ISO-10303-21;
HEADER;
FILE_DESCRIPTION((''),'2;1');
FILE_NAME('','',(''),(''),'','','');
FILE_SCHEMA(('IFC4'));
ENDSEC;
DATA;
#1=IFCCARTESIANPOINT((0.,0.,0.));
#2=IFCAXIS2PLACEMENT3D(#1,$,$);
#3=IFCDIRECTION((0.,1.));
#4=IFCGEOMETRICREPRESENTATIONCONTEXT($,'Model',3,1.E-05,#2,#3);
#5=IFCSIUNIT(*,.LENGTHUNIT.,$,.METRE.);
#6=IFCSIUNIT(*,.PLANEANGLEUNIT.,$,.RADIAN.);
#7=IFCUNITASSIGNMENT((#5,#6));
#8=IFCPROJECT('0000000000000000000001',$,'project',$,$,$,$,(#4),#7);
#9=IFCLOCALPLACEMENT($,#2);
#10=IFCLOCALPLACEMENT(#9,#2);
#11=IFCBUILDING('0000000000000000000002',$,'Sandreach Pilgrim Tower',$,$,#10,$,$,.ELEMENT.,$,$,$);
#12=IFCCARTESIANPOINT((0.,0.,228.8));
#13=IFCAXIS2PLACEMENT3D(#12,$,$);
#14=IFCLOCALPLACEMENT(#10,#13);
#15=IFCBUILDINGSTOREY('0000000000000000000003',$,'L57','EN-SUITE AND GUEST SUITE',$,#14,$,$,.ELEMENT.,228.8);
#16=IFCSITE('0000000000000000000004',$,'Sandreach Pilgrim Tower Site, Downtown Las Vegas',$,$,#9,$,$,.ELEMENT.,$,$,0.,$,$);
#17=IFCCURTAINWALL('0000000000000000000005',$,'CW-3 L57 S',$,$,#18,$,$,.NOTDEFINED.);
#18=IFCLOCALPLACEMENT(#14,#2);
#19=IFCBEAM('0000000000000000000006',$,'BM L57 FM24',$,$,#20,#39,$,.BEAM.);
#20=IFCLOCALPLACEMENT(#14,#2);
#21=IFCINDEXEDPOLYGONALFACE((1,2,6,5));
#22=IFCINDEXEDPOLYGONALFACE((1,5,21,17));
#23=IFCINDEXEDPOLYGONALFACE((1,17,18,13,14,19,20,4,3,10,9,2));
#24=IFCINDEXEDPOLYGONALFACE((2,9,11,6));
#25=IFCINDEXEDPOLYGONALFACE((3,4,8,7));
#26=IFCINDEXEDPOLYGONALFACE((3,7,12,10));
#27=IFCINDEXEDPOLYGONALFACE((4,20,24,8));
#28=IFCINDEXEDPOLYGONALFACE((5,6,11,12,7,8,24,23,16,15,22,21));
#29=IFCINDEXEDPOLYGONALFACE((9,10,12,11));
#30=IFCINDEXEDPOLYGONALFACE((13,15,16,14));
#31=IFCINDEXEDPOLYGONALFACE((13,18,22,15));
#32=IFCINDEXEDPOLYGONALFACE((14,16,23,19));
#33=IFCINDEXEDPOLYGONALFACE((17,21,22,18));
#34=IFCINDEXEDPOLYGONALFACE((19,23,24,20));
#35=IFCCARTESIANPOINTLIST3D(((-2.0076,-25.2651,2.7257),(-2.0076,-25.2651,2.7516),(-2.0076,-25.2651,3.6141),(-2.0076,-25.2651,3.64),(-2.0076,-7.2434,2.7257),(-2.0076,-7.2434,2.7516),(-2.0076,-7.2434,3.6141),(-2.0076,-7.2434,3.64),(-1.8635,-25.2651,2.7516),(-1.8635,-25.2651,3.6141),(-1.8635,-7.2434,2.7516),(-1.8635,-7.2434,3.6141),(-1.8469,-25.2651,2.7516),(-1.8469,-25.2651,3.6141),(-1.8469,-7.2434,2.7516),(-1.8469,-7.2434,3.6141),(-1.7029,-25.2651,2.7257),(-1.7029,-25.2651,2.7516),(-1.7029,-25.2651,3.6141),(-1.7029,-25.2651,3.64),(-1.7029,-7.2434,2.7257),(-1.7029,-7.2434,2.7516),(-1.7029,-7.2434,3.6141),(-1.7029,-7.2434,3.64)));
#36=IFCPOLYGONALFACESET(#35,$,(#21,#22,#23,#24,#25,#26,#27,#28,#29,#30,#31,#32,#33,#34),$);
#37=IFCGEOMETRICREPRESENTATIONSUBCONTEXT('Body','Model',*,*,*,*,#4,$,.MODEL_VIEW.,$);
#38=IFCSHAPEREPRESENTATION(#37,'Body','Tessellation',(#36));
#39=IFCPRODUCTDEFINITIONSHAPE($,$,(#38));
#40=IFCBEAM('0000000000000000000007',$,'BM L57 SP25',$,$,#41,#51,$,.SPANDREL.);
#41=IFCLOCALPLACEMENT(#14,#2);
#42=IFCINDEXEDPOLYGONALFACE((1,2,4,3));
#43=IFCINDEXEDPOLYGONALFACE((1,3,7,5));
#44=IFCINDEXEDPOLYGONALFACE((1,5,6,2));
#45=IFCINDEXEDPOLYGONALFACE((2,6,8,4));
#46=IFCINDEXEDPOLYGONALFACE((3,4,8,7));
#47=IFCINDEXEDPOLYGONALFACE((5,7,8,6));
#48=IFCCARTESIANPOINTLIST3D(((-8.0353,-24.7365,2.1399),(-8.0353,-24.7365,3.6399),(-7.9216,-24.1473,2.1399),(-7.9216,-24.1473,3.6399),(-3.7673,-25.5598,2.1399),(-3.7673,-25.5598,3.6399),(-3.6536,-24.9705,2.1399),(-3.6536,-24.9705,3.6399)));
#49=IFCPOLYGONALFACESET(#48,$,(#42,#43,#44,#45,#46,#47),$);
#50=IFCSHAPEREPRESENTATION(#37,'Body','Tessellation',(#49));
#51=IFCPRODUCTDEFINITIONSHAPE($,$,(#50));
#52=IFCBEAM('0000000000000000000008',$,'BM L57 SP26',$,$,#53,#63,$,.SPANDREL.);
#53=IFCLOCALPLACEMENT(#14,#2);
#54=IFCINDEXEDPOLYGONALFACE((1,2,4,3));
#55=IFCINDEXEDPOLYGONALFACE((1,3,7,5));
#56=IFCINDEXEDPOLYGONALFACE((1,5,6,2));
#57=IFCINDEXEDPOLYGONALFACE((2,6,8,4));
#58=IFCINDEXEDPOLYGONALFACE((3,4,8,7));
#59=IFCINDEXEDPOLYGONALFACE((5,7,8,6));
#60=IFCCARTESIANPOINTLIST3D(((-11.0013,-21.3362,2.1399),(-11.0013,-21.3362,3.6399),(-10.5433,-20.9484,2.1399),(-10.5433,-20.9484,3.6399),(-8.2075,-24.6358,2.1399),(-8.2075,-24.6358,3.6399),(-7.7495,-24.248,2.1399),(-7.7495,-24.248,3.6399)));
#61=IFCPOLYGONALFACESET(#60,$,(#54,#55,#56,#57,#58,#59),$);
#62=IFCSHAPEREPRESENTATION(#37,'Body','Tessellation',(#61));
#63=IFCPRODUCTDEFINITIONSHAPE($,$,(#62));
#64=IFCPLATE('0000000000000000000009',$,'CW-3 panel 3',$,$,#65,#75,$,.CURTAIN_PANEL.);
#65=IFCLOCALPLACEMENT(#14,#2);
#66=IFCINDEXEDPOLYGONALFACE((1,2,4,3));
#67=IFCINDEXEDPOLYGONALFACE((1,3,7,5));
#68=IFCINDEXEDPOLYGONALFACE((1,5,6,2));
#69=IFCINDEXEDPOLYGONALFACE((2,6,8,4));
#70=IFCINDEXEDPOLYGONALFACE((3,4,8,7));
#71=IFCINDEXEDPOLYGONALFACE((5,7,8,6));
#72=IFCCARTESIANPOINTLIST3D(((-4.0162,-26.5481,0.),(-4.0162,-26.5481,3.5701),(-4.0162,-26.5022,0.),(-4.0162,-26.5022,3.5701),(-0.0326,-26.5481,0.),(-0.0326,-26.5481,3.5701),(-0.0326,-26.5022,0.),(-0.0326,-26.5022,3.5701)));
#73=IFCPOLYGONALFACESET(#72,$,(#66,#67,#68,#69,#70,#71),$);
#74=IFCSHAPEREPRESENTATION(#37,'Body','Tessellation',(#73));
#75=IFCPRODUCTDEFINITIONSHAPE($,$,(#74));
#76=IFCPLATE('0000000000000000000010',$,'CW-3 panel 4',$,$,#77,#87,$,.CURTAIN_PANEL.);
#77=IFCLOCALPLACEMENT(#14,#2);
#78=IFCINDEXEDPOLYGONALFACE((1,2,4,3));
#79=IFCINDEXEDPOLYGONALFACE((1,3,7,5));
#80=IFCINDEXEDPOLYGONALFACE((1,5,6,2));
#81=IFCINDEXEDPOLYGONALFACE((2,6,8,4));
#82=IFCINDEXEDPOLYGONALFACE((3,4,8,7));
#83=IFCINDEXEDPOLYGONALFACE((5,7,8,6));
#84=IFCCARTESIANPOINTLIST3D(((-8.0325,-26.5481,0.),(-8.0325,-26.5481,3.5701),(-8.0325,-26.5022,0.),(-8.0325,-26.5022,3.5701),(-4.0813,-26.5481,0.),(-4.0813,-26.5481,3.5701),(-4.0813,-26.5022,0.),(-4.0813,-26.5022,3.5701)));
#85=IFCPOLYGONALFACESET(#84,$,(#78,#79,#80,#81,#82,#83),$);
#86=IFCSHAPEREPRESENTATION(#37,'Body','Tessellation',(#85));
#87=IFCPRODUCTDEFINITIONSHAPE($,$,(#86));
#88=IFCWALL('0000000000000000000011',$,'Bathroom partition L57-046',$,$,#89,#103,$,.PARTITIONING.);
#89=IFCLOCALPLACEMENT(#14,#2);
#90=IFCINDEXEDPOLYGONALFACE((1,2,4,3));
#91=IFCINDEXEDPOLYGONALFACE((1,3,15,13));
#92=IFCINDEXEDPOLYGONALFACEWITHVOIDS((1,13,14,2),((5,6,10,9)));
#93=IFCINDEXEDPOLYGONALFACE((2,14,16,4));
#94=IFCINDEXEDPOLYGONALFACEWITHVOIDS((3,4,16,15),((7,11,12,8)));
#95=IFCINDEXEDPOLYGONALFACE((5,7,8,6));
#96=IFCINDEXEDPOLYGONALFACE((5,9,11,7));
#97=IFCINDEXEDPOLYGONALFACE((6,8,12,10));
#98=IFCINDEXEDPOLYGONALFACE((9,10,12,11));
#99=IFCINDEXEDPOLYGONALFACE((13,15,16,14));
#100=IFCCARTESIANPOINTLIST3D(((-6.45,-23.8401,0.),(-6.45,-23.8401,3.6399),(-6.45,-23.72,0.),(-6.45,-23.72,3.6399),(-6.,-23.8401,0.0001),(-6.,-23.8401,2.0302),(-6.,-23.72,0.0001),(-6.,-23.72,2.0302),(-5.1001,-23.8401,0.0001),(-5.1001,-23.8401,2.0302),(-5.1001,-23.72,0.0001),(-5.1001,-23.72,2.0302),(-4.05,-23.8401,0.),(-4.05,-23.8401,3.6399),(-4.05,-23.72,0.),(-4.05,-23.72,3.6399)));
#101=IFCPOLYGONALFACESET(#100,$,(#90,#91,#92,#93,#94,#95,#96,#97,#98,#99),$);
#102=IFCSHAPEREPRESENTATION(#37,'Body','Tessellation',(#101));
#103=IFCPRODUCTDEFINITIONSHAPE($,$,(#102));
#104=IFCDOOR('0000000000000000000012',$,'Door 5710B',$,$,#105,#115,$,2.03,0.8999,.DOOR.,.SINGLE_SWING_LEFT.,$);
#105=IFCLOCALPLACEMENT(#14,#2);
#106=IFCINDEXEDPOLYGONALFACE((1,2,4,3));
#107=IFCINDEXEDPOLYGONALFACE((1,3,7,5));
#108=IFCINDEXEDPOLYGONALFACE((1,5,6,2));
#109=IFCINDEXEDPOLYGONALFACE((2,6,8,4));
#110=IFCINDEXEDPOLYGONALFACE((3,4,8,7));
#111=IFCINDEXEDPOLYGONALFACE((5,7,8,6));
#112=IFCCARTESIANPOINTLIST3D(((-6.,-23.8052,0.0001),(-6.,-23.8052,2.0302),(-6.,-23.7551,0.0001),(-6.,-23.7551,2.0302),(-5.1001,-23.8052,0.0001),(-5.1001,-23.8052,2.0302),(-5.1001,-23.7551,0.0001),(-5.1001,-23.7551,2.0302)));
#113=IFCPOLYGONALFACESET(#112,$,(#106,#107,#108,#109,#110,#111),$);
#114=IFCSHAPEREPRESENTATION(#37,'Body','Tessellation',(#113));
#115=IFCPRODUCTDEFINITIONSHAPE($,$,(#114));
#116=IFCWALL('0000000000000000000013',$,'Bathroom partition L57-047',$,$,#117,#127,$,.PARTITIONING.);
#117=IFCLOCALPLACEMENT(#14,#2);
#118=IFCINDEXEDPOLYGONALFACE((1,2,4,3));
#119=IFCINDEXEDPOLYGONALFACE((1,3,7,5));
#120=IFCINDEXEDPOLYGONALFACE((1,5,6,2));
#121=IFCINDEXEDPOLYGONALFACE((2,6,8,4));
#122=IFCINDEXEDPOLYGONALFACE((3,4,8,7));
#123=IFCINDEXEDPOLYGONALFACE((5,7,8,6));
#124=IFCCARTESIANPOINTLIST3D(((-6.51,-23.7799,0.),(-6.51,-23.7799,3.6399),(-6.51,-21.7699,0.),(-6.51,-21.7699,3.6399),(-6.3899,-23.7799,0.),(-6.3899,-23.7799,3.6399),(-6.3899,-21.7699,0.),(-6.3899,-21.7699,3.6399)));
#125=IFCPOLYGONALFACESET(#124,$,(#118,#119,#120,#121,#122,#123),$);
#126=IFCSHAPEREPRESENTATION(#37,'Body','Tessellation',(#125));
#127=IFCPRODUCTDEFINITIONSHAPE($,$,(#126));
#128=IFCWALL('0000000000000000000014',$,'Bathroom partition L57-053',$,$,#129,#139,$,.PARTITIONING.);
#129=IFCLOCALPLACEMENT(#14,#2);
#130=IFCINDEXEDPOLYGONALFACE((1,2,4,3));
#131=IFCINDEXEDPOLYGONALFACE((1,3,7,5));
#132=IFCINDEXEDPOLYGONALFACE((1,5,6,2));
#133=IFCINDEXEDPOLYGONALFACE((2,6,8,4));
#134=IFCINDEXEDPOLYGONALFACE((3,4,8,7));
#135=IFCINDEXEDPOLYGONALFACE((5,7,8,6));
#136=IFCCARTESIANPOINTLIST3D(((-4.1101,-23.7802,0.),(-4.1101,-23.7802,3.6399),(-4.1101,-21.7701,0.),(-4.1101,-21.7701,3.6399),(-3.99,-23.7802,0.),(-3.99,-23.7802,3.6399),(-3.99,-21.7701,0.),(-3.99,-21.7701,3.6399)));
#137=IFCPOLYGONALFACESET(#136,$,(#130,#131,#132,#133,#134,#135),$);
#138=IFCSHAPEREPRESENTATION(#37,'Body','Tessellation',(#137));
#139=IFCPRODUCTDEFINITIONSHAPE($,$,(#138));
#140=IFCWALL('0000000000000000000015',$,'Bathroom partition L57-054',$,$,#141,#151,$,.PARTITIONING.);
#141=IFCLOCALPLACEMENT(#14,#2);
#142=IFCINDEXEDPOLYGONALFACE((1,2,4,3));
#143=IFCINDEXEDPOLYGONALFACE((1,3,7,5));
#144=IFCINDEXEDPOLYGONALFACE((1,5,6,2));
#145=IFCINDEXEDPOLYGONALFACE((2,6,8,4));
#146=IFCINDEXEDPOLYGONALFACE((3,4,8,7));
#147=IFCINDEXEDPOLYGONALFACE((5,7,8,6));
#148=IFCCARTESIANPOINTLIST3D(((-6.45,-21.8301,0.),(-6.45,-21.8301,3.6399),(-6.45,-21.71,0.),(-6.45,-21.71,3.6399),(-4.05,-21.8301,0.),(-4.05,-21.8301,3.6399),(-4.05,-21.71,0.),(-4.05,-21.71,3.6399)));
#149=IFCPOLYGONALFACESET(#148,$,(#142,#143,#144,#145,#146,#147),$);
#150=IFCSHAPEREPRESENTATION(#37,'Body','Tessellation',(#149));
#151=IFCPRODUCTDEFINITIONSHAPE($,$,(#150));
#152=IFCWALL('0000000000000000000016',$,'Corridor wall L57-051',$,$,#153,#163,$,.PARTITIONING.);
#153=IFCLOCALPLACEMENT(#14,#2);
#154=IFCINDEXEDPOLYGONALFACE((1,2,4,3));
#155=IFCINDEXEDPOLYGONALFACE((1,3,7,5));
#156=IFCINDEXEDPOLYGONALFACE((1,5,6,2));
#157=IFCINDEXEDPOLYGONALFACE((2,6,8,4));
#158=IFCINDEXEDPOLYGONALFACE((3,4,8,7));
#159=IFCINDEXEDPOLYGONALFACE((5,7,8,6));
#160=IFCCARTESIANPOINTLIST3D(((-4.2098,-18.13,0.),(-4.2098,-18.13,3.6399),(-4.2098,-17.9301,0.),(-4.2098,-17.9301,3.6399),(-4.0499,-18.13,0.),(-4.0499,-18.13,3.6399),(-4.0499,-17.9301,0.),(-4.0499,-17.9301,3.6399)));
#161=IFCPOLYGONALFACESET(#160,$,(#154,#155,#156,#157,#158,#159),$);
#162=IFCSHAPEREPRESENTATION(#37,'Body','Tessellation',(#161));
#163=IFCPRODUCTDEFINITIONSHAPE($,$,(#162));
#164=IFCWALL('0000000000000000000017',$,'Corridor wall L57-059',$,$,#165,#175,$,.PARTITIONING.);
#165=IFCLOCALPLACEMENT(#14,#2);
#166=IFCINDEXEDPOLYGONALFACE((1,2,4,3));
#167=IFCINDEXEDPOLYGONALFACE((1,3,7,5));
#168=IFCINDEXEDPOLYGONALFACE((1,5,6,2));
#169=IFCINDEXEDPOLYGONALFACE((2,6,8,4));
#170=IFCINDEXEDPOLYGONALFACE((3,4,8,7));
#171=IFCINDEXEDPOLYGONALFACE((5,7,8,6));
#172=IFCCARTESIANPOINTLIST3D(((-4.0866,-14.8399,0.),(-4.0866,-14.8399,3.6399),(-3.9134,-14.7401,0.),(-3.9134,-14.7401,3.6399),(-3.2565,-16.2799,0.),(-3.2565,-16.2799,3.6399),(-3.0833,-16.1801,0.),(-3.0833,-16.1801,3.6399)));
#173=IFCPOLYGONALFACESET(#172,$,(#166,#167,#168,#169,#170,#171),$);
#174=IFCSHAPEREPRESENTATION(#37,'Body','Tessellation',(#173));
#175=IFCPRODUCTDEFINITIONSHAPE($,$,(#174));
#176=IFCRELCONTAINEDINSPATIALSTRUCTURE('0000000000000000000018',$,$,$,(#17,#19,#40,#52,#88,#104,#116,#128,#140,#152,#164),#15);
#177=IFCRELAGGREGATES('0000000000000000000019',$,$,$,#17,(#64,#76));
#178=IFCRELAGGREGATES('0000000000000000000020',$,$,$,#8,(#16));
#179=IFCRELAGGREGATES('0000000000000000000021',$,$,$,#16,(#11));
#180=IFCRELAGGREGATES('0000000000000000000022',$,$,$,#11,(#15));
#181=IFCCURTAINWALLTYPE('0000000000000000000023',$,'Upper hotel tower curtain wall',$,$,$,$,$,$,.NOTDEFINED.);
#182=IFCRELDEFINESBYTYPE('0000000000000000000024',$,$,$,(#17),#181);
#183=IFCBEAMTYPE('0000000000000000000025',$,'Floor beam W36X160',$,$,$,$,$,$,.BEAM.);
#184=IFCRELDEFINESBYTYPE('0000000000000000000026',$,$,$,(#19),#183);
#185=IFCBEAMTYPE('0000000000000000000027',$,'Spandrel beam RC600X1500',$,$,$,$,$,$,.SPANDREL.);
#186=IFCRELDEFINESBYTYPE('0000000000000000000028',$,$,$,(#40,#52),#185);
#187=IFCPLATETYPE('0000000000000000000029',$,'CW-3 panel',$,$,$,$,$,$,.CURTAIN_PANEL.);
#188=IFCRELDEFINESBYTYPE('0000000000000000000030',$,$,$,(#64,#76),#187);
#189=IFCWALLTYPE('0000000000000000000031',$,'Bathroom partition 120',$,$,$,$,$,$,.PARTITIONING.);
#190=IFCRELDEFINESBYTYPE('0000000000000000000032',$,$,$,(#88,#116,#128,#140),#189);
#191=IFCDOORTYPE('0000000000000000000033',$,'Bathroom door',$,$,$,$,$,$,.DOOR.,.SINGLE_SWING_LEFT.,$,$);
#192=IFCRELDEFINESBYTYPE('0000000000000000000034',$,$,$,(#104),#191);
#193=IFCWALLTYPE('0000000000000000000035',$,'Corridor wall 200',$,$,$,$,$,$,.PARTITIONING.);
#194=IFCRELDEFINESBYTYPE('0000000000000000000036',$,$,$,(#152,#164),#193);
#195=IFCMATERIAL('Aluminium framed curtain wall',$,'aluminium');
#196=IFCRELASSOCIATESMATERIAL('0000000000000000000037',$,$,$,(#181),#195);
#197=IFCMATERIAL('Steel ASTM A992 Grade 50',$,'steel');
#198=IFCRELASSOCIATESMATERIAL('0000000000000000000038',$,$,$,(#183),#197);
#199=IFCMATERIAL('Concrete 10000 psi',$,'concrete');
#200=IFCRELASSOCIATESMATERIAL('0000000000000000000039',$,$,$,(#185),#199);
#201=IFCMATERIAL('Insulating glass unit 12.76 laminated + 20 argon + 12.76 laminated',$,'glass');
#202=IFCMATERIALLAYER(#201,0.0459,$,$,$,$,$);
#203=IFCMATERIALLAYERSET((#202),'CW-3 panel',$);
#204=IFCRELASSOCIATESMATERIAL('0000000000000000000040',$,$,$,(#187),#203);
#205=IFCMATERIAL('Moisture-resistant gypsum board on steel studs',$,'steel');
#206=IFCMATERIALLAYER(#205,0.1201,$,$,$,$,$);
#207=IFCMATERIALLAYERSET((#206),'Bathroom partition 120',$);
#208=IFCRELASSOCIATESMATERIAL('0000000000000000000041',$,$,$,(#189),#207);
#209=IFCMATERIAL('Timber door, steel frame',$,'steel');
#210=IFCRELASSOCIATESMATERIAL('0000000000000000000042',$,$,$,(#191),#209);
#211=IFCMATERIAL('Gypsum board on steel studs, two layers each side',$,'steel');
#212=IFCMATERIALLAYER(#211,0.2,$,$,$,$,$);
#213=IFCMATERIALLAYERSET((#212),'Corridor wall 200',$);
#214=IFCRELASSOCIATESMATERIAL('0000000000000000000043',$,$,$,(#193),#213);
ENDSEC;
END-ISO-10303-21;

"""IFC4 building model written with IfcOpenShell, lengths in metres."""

from ifc_helpers import new_model, si_unit, direction, frame, frame_2d, origin, origin_2d, place, context, subcontext, project, spatial, rectangle, i_section, extrude, material, layer, layer_set, material_profile, profile_set, type_object, element, fill, aggregate, save


model = new_model("IFC4")

# Units and contexts
model_context = context("Model", 3, precision=1e-05, world=origin(), true_north=direction((0.0, 1.0)))
body_context = subcontext(model_context, "Body", "Model", "MODEL_VIEW")
ifc_project = project(units=[si_unit("LENGTHUNIT", "METRE"), si_unit("PLANEANGLEUNIT", "RADIAN")], contexts=[model_context])

# Site, building, storey
site_placement = place(None, origin())
site = spatial("IfcSite", under=ifc_project, at=site_placement, Name="Sandreach Pilgrim Tower Site, Downtown Las Vegas", CompositionType="ELEMENT", RefElevation=0.0)
building_placement = place(site_placement, origin())
building = spatial("IfcBuilding", under=site, at=building_placement, Name="Sandreach Pilgrim Tower", CompositionType="ELEMENT")
storey_placement = place(building_placement, frame((0.0, 0.0, 228.8)))
storey = spatial("IfcBuildingStorey", under=building, at=storey_placement, Name="L57", Description="EN-SUITE AND GUEST SUITE", CompositionType="ELEMENT", Elevation=228.8)

# Curtain wall
ifc_material_1 = material(Name="Aluminium framed curtain wall", Category="aluminium")
curtain_wall_type = type_object("IfcCurtainWallType", Name="Upper hotel tower curtain wall", PredefinedType="NOTDEFINED", material=ifc_material_1)
curtain_wall_placement = place(storey_placement, origin())
curtain_wall = element("IfcCurtainWall", 1, at=curtain_wall_placement, inside=storey, type_object=curtain_wall_type, Name="CW-3 L57 S", PredefinedType="NOTDEFINED")

# Beams
ifc_material_2 = material(Name="Steel ASTM A992 Grade 50", Category="steel")
ifc_material_profile_1 = material_profile(ifc_material_2, i_section(OverallWidth=0.3047, OverallDepth=0.9143, WebThickness=0.0166, FlangeThickness=0.0259, at=origin_2d()), Name="W36X160")
ifc_profile_set_1 = profile_set([ifc_material_profile_1], Name="Steel ASTM A992 Grade 50")
beam_type_1 = type_object("IfcBeamType", Name="Floor beam W36X160", PredefinedType="BEAM", material=ifc_profile_set_1)
beam_1_placement = place(storey_placement, frame((-1.8552, -25.2651, 3.1829), z_axis=(0.0, 1.0, 0.0), x_axis=(-1.0, 0.0, 0.0)))
element("IfcBeam", 2, at=beam_1_placement, inside=storey, type_object=beam_type_1, Name="BM L57 FM24", PredefinedType="BEAM", context=body_context, shape_type="SweptSolid", body=[
    extrude(i_section(OverallWidth=0.3047, OverallDepth=0.9143, WebThickness=0.0166, FlangeThickness=0.0259, at=origin_2d()), origin(), (0.0, 0.0, 1.0), 18.0217),
])
ifc_material_3 = material(Name="Concrete 10000 psi", Category="concrete")
ifc_material_profile_2 = material_profile(ifc_material_3, rectangle(XDim=0.6001, YDim=1.5, at=origin_2d()), Name="RC600X1500")
ifc_profile_set_2 = profile_set([ifc_material_profile_2], Name="Concrete 10000 psi")
beam_type_2 = type_object("IfcBeamType", Name="Spandrel beam RC600X1500", PredefinedType="SPANDREL", material=ifc_profile_set_2)
beam_2_placement = place(storey_placement, frame((-3.7104, -25.2651, 2.8899), z_axis=(-0.981901, 0.189393, 0.0), x_axis=(-0.189393, -0.981901, 0.0)))
element("IfcBeam", 3, at=beam_2_placement, inside=storey, type_object=beam_type_2, Name="BM L57 SP25", PredefinedType="SPANDREL", context=body_context, shape_type="SweptSolid", body=[
    extrude(rectangle(XDim=0.6001, YDim=1.5, at=origin_2d()), origin(), (0.0, 0.0, 1.0), 4.3467),
])
beam_3_placement = place(storey_placement, frame((-7.9785, -24.4419, 2.8899), z_axis=(-0.64618, 0.763185, 0.0), x_axis=(-0.763185, -0.64618, 0.0)))
element("IfcBeam", 4, at=beam_3_placement, inside=storey, type_object=beam_type_2, Name="BM L57 SP26", PredefinedType="SPANDREL", context=body_context, shape_type="SweptSolid", body=[
    extrude(rectangle(XDim=0.6001, YDim=1.5, at=origin_2d()), origin(), (0.0, 0.0, 1.0), 4.3235),
])

# Plates
ifc_material_4 = material(Name="Insulating glass unit 12.76 laminated + 20 argon + 12.76 laminated", Category="glass")
ifc_layer_1 = layer(ifc_material_4, 0.0459)
ifc_layer_set_1 = layer_set([ifc_layer_1], Name="CW-3 panel")
plate_type = type_object("IfcPlateType", Name="CW-3 panel", PredefinedType="CURTAIN_PANEL", material=ifc_layer_set_1)
plate_1_placement = place(storey_placement, frame((-2.0244, -26.5251, 0.0), z_axis=(0.0, 0.0, 1.0), x_axis=(-1.0, 0.0, 0.0)))
plate_1 = element("IfcPlate", 5, at=plate_1_placement, type_object=plate_type, Name="CW-3 panel 3", PredefinedType="CURTAIN_PANEL", context=body_context, shape_type="SweptSolid", body=[
    extrude(rectangle(XDim=3.9836, YDim=0.0459, at=origin_2d()), origin(), (0.0, 0.0, 1.0), 3.5701),
])
plate_2_placement = place(storey_placement, frame((-6.0569, -26.5251, 0.0), z_axis=(0.0, 0.0, 1.0), x_axis=(-1.0, 0.0, 0.0)))
plate_2 = element("IfcPlate", 6, at=plate_2_placement, type_object=plate_type, Name="CW-3 panel 4", PredefinedType="CURTAIN_PANEL", context=body_context, shape_type="SweptSolid", body=[
    extrude(rectangle(XDim=3.9512, YDim=0.0459, at=origin_2d()), origin(), (0.0, 0.0, 1.0), 3.5701),
])
aggregate(curtain_wall, [plate_1, plate_2])

# Wall, opening, door
ifc_material_5 = material(Name="Moisture-resistant gypsum board on steel studs", Category="steel")
ifc_layer_2 = layer(ifc_material_5, 0.1201)
ifc_layer_set_2 = layer_set([ifc_layer_2], Name="Bathroom partition 120")
wall_type_1 = type_object("IfcWallType", Name="Bathroom partition 120", PredefinedType="PARTITIONING", material=ifc_layer_set_2)
wall_1_placement = place(storey_placement, frame((-6.45, -23.78, 0.0), z_axis=(0.0, 0.0, 1.0), x_axis=(1.0, 0.0, 0.0)))
wall_1 = element("IfcWall", 7, at=wall_1_placement, inside=storey, type_object=wall_type_1, Name="Bathroom partition L57-046", PredefinedType="PARTITIONING", context=body_context, shape_type="SweptSolid", body=[
    extrude(rectangle(XDim=2.3999, YDim=0.1201, at=frame_2d((1.2, 0.0))), origin(), (0.0, 0.0, 1.0), 3.6399),
])
opening_1_placement = place(wall_1_placement, frame((0.45, 0.0, 0.0)))
opening_1 = element("IfcOpeningElement", 8, at=opening_1_placement, cuts=wall_1, PredefinedType="OPENING", context=body_context, shape_type="SweptSolid", body=[
    extrude(rectangle(XDim=0.8999, YDim=2.03, at=frame_2d((0.45, 1.0151))), frame((0.0, 0.0601, 0.0), z_axis=(0.0, -1.0, 0.0), x_axis=(1.0, 0.0, 0.0)), (0.0, 0.0, 1.0), 0.1201),
])
ifc_material_6 = material(Name="Timber door, steel frame", Category="steel")
door_type_1 = type_object("IfcDoorType", Name="Bathroom door", OperationType="SINGLE_SWING_LEFT", PredefinedType="DOOR", material=ifc_material_6)
door_1_placement = place(opening_1_placement, origin())
door_1 = element("IfcDoor", 9, at=door_1_placement, inside=storey, type_object=door_type_1, Name="Door 5710B", OperationType="SINGLE_SWING_LEFT", OverallHeight=2.03, OverallWidth=0.8999, PredefinedType="DOOR", context=body_context, shape_type="SweptSolid", body=[
    extrude(rectangle(XDim=0.8999, YDim=2.03, at=frame_2d((0.45, 1.0151))), frame((0.0, 0.0249, 0.0), z_axis=(0.0, -1.0, 0.0), x_axis=(1.0, 0.0, 0.0)), (0.0, 0.0, 1.0), 0.05),
])
fill(opening_1, door_1)

# Walls
for number, where, z_axis, x_axis, name in (
    (10, (-6.45, -21.77, 0.0), (0.0, 0.0, 1.0), (0.0, -1.0, 0.0), "Bathroom partition L57-047"),
    (11, (-4.05, -23.78, 0.0), (0.0, 0.0, 1.0), (0.0, 1.0, 0.0), "Bathroom partition L57-053"),
):
    element("IfcWall", number, at=place(storey_placement, frame(where, z_axis=z_axis, x_axis=x_axis)), inside=storey, type_object=wall_type_1, Name=name, PredefinedType="PARTITIONING", context=body_context, shape_type="SweptSolid", body=[
        extrude(rectangle(XDim=2.01, YDim=0.1201, at=frame_2d((1.0049, 0.0))), origin(), (0.0, 0.0, 1.0), 3.6399),
    ])
wall_2_placement = place(storey_placement, frame((-4.05, -21.77, 0.0), z_axis=(0.0, 0.0, 1.0), x_axis=(-1.0, 0.0, 0.0)))
element("IfcWall", 12, at=wall_2_placement, inside=storey, type_object=wall_type_1, Name="Bathroom partition L57-054", PredefinedType="PARTITIONING", context=body_context, shape_type="SweptSolid", body=[
    extrude(rectangle(XDim=2.3999, YDim=0.1201, at=frame_2d((1.2, 0.0))), origin(), (0.0, 0.0, 1.0), 3.6399),
])

# Shared definitions
ifc_material_7 = material(Name="Gypsum board on steel studs, two layers each side", Category="steel")
ifc_layer_3 = layer(ifc_material_7, 0.2)
ifc_layer_set_3 = layer_set([ifc_layer_3], Name="Corridor wall 200")
wall_type_2 = type_object("IfcWallType", Name="Corridor wall 200", PredefinedType="PARTITIONING", material=ifc_layer_set_3)

# Wall
wall_3_placement = place(storey_placement, frame((-4.21, -18.03, 0.0), z_axis=(0.0, 0.0, 1.0), x_axis=(1.0, 0.0, 0.0)))
element("IfcWall", 13, at=wall_3_placement, inside=storey, type_object=wall_type_2, Name="Corridor wall L57-051", PredefinedType="PARTITIONING", context=body_context, shape_type="SweptSolid", body=[
    extrude(rectangle(XDim=0.1599, YDim=0.2, at=frame_2d((0.0801, 0.0))), origin(), (0.0, 0.0, 1.0), 3.6399),
])

# Wall
wall_4_placement = place(storey_placement, frame((-3.1699, -16.23, 0.0), z_axis=(0.0, 0.0, 1.0), x_axis=(-0.499426, 0.866357, 0.0)))
element("IfcWall", 14, at=wall_4_placement, inside=storey, type_object=wall_type_2, Name="Corridor wall L57-059", PredefinedType="PARTITIONING", context=body_context, shape_type="SweptSolid", body=[
    extrude(rectangle(XDim=1.6621, YDim=0.2, at=frame_2d((0.8311, 0.0))), origin(), (0.0, 0.0, 1.0), 3.6399),
])

save(model, "model.ifc")
